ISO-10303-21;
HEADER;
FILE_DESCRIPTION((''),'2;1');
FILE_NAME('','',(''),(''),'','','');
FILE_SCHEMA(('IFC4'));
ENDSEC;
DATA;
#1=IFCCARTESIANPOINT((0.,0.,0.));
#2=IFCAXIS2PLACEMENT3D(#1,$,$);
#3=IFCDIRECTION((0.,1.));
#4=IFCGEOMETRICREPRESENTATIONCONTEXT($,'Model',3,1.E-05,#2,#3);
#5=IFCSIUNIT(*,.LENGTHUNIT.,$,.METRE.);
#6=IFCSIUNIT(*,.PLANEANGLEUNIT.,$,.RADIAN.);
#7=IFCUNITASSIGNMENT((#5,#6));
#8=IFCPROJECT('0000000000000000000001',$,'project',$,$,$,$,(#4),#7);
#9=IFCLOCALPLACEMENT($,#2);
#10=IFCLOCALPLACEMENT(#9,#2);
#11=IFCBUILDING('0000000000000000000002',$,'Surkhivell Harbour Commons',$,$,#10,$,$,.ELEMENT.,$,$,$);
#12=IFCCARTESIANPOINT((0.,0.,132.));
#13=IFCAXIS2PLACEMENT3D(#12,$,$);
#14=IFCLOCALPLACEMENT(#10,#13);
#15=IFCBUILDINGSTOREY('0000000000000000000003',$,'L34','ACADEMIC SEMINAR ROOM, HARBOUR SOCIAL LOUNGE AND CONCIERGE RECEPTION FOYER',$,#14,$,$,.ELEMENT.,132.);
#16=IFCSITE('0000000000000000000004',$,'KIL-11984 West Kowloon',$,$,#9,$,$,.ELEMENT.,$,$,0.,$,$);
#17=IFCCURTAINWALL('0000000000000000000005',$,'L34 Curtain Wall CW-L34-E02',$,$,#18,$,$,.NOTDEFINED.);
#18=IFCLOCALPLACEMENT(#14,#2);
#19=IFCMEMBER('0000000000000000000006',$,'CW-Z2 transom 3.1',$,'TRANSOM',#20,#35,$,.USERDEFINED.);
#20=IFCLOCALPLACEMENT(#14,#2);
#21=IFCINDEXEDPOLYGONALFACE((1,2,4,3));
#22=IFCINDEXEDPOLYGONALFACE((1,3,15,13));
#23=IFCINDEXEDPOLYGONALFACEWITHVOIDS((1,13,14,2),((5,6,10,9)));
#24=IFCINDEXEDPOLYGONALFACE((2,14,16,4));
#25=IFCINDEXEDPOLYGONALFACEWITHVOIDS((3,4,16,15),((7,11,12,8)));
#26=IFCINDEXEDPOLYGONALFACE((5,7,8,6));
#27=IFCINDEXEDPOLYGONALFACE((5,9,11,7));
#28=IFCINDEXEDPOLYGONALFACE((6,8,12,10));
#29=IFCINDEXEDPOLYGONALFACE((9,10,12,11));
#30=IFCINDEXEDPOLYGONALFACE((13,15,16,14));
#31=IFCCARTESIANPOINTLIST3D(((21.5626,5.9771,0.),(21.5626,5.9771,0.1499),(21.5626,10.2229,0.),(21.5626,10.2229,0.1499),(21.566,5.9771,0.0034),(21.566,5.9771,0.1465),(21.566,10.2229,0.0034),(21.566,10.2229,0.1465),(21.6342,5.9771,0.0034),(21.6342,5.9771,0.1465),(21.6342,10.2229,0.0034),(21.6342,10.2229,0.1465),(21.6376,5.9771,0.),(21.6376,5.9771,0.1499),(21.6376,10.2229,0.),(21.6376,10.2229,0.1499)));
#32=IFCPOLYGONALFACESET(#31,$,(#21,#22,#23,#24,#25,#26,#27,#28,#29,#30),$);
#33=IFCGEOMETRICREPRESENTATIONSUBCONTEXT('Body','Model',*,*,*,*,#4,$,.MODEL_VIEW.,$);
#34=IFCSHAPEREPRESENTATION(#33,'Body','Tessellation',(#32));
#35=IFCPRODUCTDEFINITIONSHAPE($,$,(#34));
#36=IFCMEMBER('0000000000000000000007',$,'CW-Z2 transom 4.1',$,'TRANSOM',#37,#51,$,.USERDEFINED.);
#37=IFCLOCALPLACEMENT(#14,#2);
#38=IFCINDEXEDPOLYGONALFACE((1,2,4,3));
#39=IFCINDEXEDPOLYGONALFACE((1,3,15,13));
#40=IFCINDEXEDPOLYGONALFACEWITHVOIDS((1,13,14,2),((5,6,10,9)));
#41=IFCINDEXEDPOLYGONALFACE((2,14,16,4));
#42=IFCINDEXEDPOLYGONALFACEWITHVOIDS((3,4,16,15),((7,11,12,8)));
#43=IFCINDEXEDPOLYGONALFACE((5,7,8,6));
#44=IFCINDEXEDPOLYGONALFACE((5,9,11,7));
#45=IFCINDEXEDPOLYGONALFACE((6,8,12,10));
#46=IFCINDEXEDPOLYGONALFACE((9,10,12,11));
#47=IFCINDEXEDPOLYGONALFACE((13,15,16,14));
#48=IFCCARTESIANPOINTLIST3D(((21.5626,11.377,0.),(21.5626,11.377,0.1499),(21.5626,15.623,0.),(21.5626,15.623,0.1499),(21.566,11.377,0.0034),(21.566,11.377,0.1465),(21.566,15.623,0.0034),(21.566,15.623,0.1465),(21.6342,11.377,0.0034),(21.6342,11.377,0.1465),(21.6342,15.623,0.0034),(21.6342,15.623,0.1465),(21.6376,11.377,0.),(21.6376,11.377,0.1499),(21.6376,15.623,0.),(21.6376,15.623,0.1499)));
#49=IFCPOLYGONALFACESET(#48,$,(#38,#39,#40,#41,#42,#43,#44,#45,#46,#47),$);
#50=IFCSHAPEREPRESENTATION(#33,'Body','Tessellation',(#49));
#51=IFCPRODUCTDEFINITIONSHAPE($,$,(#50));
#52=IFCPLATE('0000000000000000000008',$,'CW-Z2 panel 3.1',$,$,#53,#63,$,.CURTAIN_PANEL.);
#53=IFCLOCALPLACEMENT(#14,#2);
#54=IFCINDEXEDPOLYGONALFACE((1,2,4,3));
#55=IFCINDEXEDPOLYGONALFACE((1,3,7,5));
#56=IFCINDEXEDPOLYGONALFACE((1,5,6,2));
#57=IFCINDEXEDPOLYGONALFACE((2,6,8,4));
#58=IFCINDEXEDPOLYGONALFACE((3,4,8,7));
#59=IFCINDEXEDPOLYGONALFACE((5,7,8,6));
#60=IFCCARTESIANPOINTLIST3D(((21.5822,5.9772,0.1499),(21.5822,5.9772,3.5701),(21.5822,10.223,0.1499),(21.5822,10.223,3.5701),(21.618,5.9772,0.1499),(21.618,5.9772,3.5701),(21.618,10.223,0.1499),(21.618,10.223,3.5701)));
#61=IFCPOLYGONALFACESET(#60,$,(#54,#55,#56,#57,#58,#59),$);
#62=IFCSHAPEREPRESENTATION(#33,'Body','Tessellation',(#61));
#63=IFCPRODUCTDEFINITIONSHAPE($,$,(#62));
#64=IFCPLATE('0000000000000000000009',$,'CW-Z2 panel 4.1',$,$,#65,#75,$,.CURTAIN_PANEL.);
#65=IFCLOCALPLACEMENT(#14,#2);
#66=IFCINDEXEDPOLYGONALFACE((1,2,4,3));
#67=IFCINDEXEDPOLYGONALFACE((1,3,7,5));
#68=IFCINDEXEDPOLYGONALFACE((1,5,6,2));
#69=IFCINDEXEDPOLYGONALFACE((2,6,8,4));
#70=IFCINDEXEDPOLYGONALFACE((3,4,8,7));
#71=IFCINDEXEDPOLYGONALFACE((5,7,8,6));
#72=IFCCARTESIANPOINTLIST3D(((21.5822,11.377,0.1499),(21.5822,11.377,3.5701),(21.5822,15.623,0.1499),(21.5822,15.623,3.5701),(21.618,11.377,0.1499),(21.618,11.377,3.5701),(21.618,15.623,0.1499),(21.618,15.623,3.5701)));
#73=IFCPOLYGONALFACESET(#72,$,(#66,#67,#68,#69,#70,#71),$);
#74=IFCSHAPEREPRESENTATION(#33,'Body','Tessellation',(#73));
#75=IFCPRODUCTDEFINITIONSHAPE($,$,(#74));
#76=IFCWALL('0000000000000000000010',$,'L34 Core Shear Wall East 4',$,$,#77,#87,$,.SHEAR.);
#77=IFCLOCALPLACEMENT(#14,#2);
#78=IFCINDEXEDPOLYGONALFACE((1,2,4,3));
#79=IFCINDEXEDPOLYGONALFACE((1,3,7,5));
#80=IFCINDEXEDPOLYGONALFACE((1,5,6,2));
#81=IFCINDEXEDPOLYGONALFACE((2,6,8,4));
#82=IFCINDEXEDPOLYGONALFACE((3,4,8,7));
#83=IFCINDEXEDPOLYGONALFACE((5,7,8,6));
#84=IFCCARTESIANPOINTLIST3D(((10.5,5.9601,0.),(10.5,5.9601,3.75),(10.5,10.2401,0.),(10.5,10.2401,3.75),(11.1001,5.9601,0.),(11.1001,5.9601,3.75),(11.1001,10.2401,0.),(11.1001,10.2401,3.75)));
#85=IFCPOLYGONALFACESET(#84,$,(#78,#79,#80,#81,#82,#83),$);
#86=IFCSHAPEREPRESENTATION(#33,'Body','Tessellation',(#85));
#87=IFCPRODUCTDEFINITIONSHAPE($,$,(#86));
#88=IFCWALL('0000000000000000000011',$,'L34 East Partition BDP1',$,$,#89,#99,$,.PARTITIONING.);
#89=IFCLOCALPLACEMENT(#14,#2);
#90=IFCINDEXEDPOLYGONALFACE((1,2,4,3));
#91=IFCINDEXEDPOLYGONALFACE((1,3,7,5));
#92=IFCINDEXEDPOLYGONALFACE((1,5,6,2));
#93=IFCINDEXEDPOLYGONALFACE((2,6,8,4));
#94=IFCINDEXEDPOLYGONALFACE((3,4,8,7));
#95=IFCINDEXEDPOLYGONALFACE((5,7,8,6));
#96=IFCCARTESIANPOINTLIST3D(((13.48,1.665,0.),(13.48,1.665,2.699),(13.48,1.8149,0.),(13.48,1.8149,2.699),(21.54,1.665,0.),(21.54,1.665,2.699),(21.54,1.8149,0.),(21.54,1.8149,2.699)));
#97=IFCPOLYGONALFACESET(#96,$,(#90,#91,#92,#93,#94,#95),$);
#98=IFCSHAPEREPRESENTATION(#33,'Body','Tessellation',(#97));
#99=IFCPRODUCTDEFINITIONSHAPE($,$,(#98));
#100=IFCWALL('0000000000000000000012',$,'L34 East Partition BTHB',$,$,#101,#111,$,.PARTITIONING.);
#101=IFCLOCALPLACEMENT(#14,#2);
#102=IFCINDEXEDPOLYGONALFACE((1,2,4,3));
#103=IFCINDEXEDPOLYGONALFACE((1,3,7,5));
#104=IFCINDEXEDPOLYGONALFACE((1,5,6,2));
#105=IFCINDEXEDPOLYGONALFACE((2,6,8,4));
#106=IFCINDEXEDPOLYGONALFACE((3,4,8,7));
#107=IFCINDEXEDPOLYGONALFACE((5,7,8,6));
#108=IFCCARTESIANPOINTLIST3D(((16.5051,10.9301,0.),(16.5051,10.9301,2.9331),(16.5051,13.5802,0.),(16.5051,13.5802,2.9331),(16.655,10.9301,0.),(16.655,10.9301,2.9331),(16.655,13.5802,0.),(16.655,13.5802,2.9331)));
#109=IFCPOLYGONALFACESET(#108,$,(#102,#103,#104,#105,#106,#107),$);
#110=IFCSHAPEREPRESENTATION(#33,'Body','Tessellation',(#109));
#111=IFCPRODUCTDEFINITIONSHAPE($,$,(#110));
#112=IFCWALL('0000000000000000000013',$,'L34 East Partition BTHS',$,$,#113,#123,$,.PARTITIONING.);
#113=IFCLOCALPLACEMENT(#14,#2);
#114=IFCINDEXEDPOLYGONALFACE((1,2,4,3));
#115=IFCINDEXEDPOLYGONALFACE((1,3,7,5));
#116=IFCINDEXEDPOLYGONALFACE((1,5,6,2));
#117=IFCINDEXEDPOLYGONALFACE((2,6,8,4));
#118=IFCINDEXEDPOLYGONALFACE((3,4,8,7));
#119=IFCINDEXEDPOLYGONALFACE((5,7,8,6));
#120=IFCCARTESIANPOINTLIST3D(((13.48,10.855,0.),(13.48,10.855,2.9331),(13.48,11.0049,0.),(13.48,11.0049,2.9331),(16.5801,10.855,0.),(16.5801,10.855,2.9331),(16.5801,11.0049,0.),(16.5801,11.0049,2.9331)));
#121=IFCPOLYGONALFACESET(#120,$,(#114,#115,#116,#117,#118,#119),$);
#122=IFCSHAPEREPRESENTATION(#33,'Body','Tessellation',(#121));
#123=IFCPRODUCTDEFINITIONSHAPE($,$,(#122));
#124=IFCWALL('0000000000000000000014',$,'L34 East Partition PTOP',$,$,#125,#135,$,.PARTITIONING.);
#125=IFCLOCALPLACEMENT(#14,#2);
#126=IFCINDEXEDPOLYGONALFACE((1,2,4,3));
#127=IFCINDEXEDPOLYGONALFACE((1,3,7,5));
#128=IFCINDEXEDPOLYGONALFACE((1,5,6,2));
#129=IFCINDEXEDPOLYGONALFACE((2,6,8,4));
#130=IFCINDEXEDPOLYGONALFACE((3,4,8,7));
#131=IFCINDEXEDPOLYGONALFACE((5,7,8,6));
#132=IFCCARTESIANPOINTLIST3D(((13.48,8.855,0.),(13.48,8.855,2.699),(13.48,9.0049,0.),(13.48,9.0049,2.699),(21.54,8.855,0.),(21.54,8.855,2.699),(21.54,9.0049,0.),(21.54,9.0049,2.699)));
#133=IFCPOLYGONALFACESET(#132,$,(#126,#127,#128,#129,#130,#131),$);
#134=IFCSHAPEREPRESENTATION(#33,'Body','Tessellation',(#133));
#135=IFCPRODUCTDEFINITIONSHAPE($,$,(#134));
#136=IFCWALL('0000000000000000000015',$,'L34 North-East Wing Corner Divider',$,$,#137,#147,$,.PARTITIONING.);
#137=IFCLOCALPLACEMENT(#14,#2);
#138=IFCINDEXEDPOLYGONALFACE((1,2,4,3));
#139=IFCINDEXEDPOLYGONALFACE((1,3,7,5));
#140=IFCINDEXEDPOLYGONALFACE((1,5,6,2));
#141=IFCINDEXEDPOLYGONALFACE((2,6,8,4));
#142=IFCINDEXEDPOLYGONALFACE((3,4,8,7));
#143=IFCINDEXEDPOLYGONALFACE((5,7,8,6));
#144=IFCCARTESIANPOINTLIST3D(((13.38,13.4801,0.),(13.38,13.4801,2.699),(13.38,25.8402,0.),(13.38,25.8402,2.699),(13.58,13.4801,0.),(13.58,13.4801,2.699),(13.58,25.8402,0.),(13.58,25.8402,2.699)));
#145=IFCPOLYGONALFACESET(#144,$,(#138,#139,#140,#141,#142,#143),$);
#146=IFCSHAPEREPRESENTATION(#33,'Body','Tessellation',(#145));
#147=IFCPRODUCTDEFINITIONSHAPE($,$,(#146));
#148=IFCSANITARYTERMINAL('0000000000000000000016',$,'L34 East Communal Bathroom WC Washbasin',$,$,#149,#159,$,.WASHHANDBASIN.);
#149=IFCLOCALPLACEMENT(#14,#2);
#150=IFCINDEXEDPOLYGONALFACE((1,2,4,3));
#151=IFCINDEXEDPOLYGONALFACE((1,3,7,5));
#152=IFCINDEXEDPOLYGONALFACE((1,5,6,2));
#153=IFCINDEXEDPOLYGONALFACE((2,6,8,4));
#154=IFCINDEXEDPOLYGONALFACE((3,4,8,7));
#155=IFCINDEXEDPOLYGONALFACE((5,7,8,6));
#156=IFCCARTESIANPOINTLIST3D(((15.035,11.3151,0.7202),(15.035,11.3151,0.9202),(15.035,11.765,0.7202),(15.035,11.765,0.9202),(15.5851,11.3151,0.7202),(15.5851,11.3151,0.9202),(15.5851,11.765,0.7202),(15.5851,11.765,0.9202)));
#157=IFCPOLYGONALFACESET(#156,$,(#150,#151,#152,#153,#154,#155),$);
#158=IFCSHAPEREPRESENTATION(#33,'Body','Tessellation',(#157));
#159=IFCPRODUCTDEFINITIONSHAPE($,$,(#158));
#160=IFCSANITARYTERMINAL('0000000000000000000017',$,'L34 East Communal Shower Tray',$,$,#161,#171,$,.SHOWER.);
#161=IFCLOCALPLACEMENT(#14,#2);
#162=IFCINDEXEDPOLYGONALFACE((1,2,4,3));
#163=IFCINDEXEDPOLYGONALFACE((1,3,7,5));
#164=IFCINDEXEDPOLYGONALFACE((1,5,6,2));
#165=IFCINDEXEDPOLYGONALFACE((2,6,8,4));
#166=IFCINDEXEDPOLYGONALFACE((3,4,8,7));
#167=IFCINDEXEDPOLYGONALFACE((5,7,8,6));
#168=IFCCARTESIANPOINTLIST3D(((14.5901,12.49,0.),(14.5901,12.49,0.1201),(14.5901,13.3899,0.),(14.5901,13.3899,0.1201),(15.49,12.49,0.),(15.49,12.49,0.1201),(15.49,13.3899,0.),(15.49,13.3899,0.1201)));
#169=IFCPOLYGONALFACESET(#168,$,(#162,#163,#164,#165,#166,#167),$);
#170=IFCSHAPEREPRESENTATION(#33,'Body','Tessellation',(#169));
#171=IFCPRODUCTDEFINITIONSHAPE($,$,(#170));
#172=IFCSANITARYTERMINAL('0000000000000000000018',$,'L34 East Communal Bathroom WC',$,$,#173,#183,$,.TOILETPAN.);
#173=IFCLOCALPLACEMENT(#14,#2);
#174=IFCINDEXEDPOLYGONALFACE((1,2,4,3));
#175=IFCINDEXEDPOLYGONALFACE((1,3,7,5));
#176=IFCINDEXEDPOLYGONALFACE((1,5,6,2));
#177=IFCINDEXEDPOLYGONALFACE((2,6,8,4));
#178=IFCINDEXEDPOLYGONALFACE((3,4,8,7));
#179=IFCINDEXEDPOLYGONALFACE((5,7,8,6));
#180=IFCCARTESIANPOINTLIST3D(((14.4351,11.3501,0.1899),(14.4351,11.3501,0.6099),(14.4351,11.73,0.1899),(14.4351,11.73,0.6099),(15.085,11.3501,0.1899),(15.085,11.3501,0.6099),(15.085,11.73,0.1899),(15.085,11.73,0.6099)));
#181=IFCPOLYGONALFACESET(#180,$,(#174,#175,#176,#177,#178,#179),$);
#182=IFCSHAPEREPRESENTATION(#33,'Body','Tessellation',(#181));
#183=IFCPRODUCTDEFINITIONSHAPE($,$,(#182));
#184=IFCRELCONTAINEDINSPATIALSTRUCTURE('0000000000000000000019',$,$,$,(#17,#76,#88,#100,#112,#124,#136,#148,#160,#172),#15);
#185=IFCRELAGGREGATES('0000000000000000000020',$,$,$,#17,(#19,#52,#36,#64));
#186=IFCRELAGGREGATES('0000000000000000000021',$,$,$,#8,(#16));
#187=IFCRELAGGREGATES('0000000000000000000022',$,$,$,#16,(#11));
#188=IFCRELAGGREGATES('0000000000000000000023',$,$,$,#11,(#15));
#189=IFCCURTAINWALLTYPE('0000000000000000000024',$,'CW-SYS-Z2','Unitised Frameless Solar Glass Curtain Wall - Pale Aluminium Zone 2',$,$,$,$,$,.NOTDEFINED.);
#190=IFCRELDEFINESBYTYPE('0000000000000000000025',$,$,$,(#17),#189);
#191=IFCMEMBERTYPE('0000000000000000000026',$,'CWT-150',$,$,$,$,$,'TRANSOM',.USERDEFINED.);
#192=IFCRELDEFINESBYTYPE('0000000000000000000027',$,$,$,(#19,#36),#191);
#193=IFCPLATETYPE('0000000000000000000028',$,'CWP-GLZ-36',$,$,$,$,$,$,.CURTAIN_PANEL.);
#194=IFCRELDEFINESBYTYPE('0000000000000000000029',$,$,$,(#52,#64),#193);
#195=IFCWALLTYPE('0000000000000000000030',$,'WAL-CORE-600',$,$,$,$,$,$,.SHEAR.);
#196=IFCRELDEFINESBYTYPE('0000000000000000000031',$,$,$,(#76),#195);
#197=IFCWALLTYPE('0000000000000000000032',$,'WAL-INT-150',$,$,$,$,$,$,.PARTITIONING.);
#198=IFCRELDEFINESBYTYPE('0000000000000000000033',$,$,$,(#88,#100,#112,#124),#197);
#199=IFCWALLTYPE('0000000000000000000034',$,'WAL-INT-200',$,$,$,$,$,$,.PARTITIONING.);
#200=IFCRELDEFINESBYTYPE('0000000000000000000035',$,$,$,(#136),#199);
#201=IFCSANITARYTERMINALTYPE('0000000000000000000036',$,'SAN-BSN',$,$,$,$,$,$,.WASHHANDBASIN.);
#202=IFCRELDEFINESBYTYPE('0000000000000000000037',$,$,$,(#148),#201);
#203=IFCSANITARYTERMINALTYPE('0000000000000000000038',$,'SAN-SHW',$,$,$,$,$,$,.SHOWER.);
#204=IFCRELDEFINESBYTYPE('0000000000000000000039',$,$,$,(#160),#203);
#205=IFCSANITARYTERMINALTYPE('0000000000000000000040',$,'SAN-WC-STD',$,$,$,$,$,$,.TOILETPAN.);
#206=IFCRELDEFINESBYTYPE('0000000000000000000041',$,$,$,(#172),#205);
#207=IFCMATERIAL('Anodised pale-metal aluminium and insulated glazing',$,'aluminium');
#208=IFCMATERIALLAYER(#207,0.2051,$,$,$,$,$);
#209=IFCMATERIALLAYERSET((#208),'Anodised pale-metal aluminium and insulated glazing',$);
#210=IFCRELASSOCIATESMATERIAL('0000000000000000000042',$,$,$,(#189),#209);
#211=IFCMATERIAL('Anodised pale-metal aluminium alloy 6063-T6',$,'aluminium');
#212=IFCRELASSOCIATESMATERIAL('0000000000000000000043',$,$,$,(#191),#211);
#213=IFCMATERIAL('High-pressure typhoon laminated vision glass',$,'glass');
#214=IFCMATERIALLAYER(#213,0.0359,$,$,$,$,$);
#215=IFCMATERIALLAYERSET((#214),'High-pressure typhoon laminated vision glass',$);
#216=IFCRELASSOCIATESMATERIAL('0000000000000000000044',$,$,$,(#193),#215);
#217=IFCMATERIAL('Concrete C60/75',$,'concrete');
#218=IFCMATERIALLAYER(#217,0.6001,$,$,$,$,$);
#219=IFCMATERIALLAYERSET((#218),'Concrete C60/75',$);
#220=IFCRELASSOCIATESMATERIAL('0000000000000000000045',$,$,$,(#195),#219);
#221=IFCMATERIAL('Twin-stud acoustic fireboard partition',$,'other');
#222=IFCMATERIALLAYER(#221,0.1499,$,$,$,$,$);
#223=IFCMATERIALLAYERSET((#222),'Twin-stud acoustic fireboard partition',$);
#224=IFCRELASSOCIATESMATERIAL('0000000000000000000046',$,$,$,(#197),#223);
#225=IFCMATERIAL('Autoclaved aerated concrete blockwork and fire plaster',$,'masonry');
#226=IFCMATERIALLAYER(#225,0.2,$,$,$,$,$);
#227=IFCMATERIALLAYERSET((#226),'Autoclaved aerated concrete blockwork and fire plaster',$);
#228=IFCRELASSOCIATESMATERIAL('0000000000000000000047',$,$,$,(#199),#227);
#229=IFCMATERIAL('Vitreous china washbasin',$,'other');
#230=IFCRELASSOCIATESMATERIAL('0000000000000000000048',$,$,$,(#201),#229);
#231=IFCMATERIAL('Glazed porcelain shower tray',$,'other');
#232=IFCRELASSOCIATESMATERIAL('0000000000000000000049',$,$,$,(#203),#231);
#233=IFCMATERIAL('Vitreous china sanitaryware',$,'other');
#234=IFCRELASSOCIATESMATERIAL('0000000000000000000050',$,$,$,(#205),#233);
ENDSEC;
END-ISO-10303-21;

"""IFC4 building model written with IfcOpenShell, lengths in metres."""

from ifc_helpers import new_model, si_unit, direction, frame, frame_2d, origin, origin_2d, place, context, subcontext, project, spatial, rectangle, hollow_rectangle, extrude, material, layer, layer_set, material_profile, profile_set, type_object, element, aggregate, save


model = new_model("IFC4")

# Units and contexts
model_context = context("Model", 3, precision=1e-05, world=origin(), true_north=direction((0.0, 1.0)))
body_context = subcontext(model_context, "Body", "Model", "MODEL_VIEW")
ifc_project = project(units=[si_unit("LENGTHUNIT", "METRE"), si_unit("PLANEANGLEUNIT", "RADIAN")], contexts=[model_context])

# Site, building, storey
site_placement = place(None, origin())
site = spatial("IfcSite", under=ifc_project, at=site_placement, Name="KIL-11984 West Kowloon", CompositionType="ELEMENT", RefElevation=0.0)
building_placement = place(site_placement, origin())
building = spatial("IfcBuilding", under=site, at=building_placement, Name="Surkhivell Harbour Commons", CompositionType="ELEMENT")
storey_placement = place(building_placement, frame((0.0, 0.0, 132.0)))
storey = spatial("IfcBuildingStorey", under=building, at=storey_placement, Name="L34", Description="ACADEMIC SEMINAR ROOM, HARBOUR SOCIAL LOUNGE AND CONCIERGE RECEPTION FOYER", CompositionType="ELEMENT", Elevation=132.0)

# Shared definitions
ifc_material_1 = material(Name="Concrete C60/75", Category="concrete")

# Curtain wall, members, plates
ifc_material_2 = material(Name="Anodised pale-metal aluminium and insulated glazing", Category="aluminium")
ifc_layer_1 = layer(ifc_material_2, 0.2051)
ifc_layer_set_1 = layer_set([ifc_layer_1], Name="Anodised pale-metal aluminium and insulated glazing")
curtain_wall_type = type_object("IfcCurtainWallType", Name="CW-SYS-Z2", Description="Unitised Frameless Solar Glass Curtain Wall - Pale Aluminium Zone 2", PredefinedType="NOTDEFINED", material=ifc_layer_set_1)
curtain_wall_placement = place(storey_placement, origin())
curtain_wall = element("IfcCurtainWall", 1, at=curtain_wall_placement, inside=storey, type_object=curtain_wall_type, Name="L34 Curtain Wall CW-L34-E02", PredefinedType="NOTDEFINED")
ifc_material_3 = material(Name="Anodised pale-metal aluminium alloy 6063-T6", Category="aluminium")
ifc_material_profile_1 = material_profile(ifc_material_3, hollow_rectangle(XDim=0.075, YDim=0.1499, WallThickness=0.0034, at=origin_2d()), Name="ALU-TRAN-75x150")
ifc_profile_set_1 = profile_set([ifc_material_profile_1], Name="Anodised pale-metal aluminium alloy 6063-T6")
member_type_1 = type_object("IfcMemberType", Name="CWT-150", ElementType="TRANSOM", PredefinedType="USERDEFINED", material=ifc_profile_set_1)
member_1_placement = place(storey_placement, frame((21.6001, 5.9771, 0.075), z_axis=(0.0, 1.0, 0.0), x_axis=(-1.0, 0.0, 0.0)))
member_1 = element("IfcMember", 2, at=member_1_placement, type_object=member_type_1, Name="CW-Z2 transom 3.1", ObjectType="TRANSOM", PredefinedType="USERDEFINED", context=body_context, shape_type="SweptSolid", body=[
    extrude(hollow_rectangle(XDim=0.075, YDim=0.1499, WallThickness=0.0034, at=origin_2d()), origin(), (0.0, 0.0, 1.0), 4.2458),
])
member_2_placement = place(storey_placement, frame((21.6001, 11.377, 0.075), z_axis=(0.0, 1.0, 0.0), x_axis=(-1.0, 0.0, 0.0)))
member_2 = element("IfcMember", 3, at=member_2_placement, type_object=member_type_1, Name="CW-Z2 transom 4.1", ObjectType="TRANSOM", PredefinedType="USERDEFINED", context=body_context, shape_type="SweptSolid", body=[
    extrude(hollow_rectangle(XDim=0.075, YDim=0.1499, WallThickness=0.0034, at=origin_2d()), origin(), (0.0, 0.0, 1.0), 4.2461),
])
ifc_material_4 = material(Name="High-pressure typhoon laminated vision glass", Category="glass")
ifc_layer_2 = layer(ifc_material_4, 0.0359)
ifc_layer_set_2 = layer_set([ifc_layer_2], Name="High-pressure typhoon laminated vision glass")
plate_type = type_object("IfcPlateType", Name="CWP-GLZ-36", PredefinedType="CURTAIN_PANEL", material=ifc_layer_set_2)
plate_1_placement = place(storey_placement, frame((21.6001, 5.9771, 0.1499), z_axis=(0.0, 0.0, 1.0), x_axis=(0.0, 1.0, 0.0)))
plate_1 = element("IfcPlate", 4, at=plate_1_placement, type_object=plate_type, Name="CW-Z2 panel 3.1", PredefinedType="CURTAIN_PANEL", context=body_context, shape_type="SweptSolid", body=[
    extrude(rectangle(XDim=4.2458, YDim=0.0359, at=frame_2d((2.123, 0.0))), origin(), (0.0, 0.0, 1.0), 3.4202),
])
plate_2_placement = place(storey_placement, frame((21.6001, 11.377, 0.1499), z_axis=(0.0, 0.0, 1.0), x_axis=(0.0, 1.0, 0.0)))
plate_2 = element("IfcPlate", 5, at=plate_2_placement, type_object=plate_type, Name="CW-Z2 panel 4.1", PredefinedType="CURTAIN_PANEL", context=body_context, shape_type="SweptSolid", body=[
    extrude(rectangle(XDim=4.2461, YDim=0.0359, at=frame_2d((2.123, 0.0))), origin(), (0.0, 0.0, 1.0), 3.4202),
])
aggregate(curtain_wall, [member_1, plate_1, member_2, plate_2])

# Walls
ifc_layer_3 = layer(ifc_material_1, 0.6001)
ifc_layer_set_3 = layer_set([ifc_layer_3], Name="Concrete C60/75")
wall_type_1 = type_object("IfcWallType", Name="WAL-CORE-600", PredefinedType="SHEAR", material=ifc_layer_set_3)
wall_1_placement = place(storey_placement, frame((10.8, 5.96, 0.0), z_axis=(0.0, 0.0, 1.0), x_axis=(0.0, 1.0, 0.0)))
element("IfcWall", 6, at=wall_1_placement, inside=storey, type_object=wall_type_1, Name="L34 Core Shear Wall East 4", PredefinedType="SHEAR", context=body_context, shape_type="SweptSolid", body=[
    extrude(rectangle(XDim=4.28, YDim=0.6001, at=frame_2d((2.1401, 0.0))), origin(), (0.0, 0.0, 1.0), 3.75),
])
ifc_material_5 = material(Name="Twin-stud acoustic fireboard partition", Category="other")
ifc_layer_4 = layer(ifc_material_5, 0.1499)
ifc_layer_set_4 = layer_set([ifc_layer_4], Name="Twin-stud acoustic fireboard partition")
wall_type_2 = type_object("IfcWallType", Name="WAL-INT-150", PredefinedType="PARTITIONING", material=ifc_layer_set_4)
wall_2_placement = place(storey_placement, frame((13.48, 1.74, 0.0), z_axis=(0.0, 0.0, 1.0), x_axis=(1.0, 0.0, 0.0)))
element("IfcWall", 7, at=wall_2_placement, inside=storey, type_object=wall_type_2, Name="L34 East Partition BDP1", PredefinedType="PARTITIONING", context=body_context, shape_type="SweptSolid", body=[
    extrude(rectangle(XDim=8.0601, YDim=0.1499, at=frame_2d((4.03, 0.0))), origin(), (0.0, 0.0, 1.0), 2.699),
])
wall_3_placement = place(storey_placement, frame((16.5801, 10.9299, 0.0), z_axis=(0.0, 0.0, 1.0), x_axis=(0.0, 1.0, 0.0)))
element("IfcWall", 8, at=wall_3_placement, inside=storey, type_object=wall_type_2, Name="L34 East Partition BTHB", PredefinedType="PARTITIONING", context=body_context, shape_type="SweptSolid", body=[
    extrude(rectangle(XDim=2.6501, YDim=0.1499, at=frame_2d((1.3252, 0.0))), origin(), (0.0, 0.0, 1.0), 2.9331),
])
wall_4_placement = place(storey_placement, frame((13.48, 10.9299, 0.0), z_axis=(0.0, 0.0, 1.0), x_axis=(1.0, 0.0, 0.0)))
element("IfcWall", 9, at=wall_4_placement, inside=storey, type_object=wall_type_2, Name="L34 East Partition BTHS", PredefinedType="PARTITIONING", context=body_context, shape_type="SweptSolid", body=[
    extrude(rectangle(XDim=3.1001, YDim=0.1499, at=frame_2d((1.55, 0.0))), origin(), (0.0, 0.0, 1.0), 2.9331),
])
wall_5_placement = place(storey_placement, frame((13.48, 8.9299, 0.0), z_axis=(0.0, 0.0, 1.0), x_axis=(1.0, 0.0, 0.0)))
element("IfcWall", 10, at=wall_5_placement, inside=storey, type_object=wall_type_2, Name="L34 East Partition PTOP", PredefinedType="PARTITIONING", context=body_context, shape_type="SweptSolid", body=[
    extrude(rectangle(XDim=8.0601, YDim=0.1499, at=frame_2d((4.03, 0.0))), origin(), (0.0, 0.0, 1.0), 2.699),
])
ifc_material_6 = material(Name="Autoclaved aerated concrete blockwork and fire plaster", Category="masonry")
ifc_layer_5 = layer(ifc_material_6, 0.2)
ifc_layer_set_5 = layer_set([ifc_layer_5], Name="Autoclaved aerated concrete blockwork and fire plaster")
wall_type_3 = type_object("IfcWallType", Name="WAL-INT-200", PredefinedType="PARTITIONING", material=ifc_layer_set_5)
wall_6_placement = place(storey_placement, frame((13.48, 13.48, 0.0), z_axis=(0.0, 0.0, 1.0), x_axis=(0.0, 1.0, 0.0)))
element("IfcWall", 11, at=wall_6_placement, inside=storey, type_object=wall_type_3, Name="L34 North-East Wing Corner Divider", PredefinedType="PARTITIONING", context=body_context, shape_type="SweptSolid", body=[
    extrude(rectangle(XDim=12.3601, YDim=0.2, at=frame_2d((6.1802, 0.0))), origin(), (0.0, 0.0, 1.0), 2.699),
])

# Sanitary terminals
ifc_material_7 = material(Name="Vitreous china washbasin", Category="other")
sanitary_terminal_type_1 = type_object("IfcSanitaryTerminalType", Name="SAN-BSN", PredefinedType="WASHHANDBASIN", material=ifc_material_7)
sanitary_terminal_1_placement = place(storey_placement, frame((15.3101, 11.54, 0.7202), z_axis=(0.0, 0.0, 1.0), x_axis=(1.0, 0.0, 0.0)))
element("IfcSanitaryTerminal", 12, at=sanitary_terminal_1_placement, inside=storey, type_object=sanitary_terminal_type_1, Name="L34 East Communal Bathroom WC Washbasin", PredefinedType="WASHHANDBASIN", context=body_context, shape_type="SweptSolid", body=[
    extrude(rectangle(XDim=0.55, YDim=0.45, at=origin_2d()), origin(), (0.0, 0.0, 1.0), 0.2),
])
ifc_material_8 = material(Name="Glazed porcelain shower tray", Category="other")
sanitary_terminal_type_2 = type_object("IfcSanitaryTerminalType", Name="SAN-SHW", PredefinedType="SHOWER", material=ifc_material_8)
sanitary_terminal_2_placement = place(storey_placement, frame((15.04, 12.9399, 0.0), z_axis=(0.0, 0.0, 1.0), x_axis=(1.0, 0.0, 0.0)))
element("IfcSanitaryTerminal", 13, at=sanitary_terminal_2_placement, inside=storey, type_object=sanitary_terminal_type_2, Name="L34 East Communal Shower Tray", PredefinedType="SHOWER", context=body_context, shape_type="SweptSolid", body=[
    extrude(rectangle(XDim=0.8999, YDim=0.8999, at=origin_2d()), origin(), (0.0, 0.0, 1.0), 0.1201),
])
ifc_material_9 = material(Name="Vitreous china sanitaryware", Category="other")
sanitary_terminal_type_3 = type_object("IfcSanitaryTerminalType", Name="SAN-WC-STD", PredefinedType="TOILETPAN", material=ifc_material_9)
sanitary_terminal_3_placement = place(storey_placement, frame((14.76, 11.54, 0.1899), z_axis=(0.0, 0.0, 1.0), x_axis=(1.0, 0.0, 0.0)))
element("IfcSanitaryTerminal", 14, at=sanitary_terminal_3_placement, inside=storey, type_object=sanitary_terminal_type_3, Name="L34 East Communal Bathroom WC", PredefinedType="TOILETPAN", context=body_context, shape_type="SweptSolid", body=[
    extrude(rectangle(XDim=0.6499, YDim=0.3799, at=origin_2d()), origin(), (0.0, 0.0, 1.0), 0.4199),
])

save(model, "model.ifc")
